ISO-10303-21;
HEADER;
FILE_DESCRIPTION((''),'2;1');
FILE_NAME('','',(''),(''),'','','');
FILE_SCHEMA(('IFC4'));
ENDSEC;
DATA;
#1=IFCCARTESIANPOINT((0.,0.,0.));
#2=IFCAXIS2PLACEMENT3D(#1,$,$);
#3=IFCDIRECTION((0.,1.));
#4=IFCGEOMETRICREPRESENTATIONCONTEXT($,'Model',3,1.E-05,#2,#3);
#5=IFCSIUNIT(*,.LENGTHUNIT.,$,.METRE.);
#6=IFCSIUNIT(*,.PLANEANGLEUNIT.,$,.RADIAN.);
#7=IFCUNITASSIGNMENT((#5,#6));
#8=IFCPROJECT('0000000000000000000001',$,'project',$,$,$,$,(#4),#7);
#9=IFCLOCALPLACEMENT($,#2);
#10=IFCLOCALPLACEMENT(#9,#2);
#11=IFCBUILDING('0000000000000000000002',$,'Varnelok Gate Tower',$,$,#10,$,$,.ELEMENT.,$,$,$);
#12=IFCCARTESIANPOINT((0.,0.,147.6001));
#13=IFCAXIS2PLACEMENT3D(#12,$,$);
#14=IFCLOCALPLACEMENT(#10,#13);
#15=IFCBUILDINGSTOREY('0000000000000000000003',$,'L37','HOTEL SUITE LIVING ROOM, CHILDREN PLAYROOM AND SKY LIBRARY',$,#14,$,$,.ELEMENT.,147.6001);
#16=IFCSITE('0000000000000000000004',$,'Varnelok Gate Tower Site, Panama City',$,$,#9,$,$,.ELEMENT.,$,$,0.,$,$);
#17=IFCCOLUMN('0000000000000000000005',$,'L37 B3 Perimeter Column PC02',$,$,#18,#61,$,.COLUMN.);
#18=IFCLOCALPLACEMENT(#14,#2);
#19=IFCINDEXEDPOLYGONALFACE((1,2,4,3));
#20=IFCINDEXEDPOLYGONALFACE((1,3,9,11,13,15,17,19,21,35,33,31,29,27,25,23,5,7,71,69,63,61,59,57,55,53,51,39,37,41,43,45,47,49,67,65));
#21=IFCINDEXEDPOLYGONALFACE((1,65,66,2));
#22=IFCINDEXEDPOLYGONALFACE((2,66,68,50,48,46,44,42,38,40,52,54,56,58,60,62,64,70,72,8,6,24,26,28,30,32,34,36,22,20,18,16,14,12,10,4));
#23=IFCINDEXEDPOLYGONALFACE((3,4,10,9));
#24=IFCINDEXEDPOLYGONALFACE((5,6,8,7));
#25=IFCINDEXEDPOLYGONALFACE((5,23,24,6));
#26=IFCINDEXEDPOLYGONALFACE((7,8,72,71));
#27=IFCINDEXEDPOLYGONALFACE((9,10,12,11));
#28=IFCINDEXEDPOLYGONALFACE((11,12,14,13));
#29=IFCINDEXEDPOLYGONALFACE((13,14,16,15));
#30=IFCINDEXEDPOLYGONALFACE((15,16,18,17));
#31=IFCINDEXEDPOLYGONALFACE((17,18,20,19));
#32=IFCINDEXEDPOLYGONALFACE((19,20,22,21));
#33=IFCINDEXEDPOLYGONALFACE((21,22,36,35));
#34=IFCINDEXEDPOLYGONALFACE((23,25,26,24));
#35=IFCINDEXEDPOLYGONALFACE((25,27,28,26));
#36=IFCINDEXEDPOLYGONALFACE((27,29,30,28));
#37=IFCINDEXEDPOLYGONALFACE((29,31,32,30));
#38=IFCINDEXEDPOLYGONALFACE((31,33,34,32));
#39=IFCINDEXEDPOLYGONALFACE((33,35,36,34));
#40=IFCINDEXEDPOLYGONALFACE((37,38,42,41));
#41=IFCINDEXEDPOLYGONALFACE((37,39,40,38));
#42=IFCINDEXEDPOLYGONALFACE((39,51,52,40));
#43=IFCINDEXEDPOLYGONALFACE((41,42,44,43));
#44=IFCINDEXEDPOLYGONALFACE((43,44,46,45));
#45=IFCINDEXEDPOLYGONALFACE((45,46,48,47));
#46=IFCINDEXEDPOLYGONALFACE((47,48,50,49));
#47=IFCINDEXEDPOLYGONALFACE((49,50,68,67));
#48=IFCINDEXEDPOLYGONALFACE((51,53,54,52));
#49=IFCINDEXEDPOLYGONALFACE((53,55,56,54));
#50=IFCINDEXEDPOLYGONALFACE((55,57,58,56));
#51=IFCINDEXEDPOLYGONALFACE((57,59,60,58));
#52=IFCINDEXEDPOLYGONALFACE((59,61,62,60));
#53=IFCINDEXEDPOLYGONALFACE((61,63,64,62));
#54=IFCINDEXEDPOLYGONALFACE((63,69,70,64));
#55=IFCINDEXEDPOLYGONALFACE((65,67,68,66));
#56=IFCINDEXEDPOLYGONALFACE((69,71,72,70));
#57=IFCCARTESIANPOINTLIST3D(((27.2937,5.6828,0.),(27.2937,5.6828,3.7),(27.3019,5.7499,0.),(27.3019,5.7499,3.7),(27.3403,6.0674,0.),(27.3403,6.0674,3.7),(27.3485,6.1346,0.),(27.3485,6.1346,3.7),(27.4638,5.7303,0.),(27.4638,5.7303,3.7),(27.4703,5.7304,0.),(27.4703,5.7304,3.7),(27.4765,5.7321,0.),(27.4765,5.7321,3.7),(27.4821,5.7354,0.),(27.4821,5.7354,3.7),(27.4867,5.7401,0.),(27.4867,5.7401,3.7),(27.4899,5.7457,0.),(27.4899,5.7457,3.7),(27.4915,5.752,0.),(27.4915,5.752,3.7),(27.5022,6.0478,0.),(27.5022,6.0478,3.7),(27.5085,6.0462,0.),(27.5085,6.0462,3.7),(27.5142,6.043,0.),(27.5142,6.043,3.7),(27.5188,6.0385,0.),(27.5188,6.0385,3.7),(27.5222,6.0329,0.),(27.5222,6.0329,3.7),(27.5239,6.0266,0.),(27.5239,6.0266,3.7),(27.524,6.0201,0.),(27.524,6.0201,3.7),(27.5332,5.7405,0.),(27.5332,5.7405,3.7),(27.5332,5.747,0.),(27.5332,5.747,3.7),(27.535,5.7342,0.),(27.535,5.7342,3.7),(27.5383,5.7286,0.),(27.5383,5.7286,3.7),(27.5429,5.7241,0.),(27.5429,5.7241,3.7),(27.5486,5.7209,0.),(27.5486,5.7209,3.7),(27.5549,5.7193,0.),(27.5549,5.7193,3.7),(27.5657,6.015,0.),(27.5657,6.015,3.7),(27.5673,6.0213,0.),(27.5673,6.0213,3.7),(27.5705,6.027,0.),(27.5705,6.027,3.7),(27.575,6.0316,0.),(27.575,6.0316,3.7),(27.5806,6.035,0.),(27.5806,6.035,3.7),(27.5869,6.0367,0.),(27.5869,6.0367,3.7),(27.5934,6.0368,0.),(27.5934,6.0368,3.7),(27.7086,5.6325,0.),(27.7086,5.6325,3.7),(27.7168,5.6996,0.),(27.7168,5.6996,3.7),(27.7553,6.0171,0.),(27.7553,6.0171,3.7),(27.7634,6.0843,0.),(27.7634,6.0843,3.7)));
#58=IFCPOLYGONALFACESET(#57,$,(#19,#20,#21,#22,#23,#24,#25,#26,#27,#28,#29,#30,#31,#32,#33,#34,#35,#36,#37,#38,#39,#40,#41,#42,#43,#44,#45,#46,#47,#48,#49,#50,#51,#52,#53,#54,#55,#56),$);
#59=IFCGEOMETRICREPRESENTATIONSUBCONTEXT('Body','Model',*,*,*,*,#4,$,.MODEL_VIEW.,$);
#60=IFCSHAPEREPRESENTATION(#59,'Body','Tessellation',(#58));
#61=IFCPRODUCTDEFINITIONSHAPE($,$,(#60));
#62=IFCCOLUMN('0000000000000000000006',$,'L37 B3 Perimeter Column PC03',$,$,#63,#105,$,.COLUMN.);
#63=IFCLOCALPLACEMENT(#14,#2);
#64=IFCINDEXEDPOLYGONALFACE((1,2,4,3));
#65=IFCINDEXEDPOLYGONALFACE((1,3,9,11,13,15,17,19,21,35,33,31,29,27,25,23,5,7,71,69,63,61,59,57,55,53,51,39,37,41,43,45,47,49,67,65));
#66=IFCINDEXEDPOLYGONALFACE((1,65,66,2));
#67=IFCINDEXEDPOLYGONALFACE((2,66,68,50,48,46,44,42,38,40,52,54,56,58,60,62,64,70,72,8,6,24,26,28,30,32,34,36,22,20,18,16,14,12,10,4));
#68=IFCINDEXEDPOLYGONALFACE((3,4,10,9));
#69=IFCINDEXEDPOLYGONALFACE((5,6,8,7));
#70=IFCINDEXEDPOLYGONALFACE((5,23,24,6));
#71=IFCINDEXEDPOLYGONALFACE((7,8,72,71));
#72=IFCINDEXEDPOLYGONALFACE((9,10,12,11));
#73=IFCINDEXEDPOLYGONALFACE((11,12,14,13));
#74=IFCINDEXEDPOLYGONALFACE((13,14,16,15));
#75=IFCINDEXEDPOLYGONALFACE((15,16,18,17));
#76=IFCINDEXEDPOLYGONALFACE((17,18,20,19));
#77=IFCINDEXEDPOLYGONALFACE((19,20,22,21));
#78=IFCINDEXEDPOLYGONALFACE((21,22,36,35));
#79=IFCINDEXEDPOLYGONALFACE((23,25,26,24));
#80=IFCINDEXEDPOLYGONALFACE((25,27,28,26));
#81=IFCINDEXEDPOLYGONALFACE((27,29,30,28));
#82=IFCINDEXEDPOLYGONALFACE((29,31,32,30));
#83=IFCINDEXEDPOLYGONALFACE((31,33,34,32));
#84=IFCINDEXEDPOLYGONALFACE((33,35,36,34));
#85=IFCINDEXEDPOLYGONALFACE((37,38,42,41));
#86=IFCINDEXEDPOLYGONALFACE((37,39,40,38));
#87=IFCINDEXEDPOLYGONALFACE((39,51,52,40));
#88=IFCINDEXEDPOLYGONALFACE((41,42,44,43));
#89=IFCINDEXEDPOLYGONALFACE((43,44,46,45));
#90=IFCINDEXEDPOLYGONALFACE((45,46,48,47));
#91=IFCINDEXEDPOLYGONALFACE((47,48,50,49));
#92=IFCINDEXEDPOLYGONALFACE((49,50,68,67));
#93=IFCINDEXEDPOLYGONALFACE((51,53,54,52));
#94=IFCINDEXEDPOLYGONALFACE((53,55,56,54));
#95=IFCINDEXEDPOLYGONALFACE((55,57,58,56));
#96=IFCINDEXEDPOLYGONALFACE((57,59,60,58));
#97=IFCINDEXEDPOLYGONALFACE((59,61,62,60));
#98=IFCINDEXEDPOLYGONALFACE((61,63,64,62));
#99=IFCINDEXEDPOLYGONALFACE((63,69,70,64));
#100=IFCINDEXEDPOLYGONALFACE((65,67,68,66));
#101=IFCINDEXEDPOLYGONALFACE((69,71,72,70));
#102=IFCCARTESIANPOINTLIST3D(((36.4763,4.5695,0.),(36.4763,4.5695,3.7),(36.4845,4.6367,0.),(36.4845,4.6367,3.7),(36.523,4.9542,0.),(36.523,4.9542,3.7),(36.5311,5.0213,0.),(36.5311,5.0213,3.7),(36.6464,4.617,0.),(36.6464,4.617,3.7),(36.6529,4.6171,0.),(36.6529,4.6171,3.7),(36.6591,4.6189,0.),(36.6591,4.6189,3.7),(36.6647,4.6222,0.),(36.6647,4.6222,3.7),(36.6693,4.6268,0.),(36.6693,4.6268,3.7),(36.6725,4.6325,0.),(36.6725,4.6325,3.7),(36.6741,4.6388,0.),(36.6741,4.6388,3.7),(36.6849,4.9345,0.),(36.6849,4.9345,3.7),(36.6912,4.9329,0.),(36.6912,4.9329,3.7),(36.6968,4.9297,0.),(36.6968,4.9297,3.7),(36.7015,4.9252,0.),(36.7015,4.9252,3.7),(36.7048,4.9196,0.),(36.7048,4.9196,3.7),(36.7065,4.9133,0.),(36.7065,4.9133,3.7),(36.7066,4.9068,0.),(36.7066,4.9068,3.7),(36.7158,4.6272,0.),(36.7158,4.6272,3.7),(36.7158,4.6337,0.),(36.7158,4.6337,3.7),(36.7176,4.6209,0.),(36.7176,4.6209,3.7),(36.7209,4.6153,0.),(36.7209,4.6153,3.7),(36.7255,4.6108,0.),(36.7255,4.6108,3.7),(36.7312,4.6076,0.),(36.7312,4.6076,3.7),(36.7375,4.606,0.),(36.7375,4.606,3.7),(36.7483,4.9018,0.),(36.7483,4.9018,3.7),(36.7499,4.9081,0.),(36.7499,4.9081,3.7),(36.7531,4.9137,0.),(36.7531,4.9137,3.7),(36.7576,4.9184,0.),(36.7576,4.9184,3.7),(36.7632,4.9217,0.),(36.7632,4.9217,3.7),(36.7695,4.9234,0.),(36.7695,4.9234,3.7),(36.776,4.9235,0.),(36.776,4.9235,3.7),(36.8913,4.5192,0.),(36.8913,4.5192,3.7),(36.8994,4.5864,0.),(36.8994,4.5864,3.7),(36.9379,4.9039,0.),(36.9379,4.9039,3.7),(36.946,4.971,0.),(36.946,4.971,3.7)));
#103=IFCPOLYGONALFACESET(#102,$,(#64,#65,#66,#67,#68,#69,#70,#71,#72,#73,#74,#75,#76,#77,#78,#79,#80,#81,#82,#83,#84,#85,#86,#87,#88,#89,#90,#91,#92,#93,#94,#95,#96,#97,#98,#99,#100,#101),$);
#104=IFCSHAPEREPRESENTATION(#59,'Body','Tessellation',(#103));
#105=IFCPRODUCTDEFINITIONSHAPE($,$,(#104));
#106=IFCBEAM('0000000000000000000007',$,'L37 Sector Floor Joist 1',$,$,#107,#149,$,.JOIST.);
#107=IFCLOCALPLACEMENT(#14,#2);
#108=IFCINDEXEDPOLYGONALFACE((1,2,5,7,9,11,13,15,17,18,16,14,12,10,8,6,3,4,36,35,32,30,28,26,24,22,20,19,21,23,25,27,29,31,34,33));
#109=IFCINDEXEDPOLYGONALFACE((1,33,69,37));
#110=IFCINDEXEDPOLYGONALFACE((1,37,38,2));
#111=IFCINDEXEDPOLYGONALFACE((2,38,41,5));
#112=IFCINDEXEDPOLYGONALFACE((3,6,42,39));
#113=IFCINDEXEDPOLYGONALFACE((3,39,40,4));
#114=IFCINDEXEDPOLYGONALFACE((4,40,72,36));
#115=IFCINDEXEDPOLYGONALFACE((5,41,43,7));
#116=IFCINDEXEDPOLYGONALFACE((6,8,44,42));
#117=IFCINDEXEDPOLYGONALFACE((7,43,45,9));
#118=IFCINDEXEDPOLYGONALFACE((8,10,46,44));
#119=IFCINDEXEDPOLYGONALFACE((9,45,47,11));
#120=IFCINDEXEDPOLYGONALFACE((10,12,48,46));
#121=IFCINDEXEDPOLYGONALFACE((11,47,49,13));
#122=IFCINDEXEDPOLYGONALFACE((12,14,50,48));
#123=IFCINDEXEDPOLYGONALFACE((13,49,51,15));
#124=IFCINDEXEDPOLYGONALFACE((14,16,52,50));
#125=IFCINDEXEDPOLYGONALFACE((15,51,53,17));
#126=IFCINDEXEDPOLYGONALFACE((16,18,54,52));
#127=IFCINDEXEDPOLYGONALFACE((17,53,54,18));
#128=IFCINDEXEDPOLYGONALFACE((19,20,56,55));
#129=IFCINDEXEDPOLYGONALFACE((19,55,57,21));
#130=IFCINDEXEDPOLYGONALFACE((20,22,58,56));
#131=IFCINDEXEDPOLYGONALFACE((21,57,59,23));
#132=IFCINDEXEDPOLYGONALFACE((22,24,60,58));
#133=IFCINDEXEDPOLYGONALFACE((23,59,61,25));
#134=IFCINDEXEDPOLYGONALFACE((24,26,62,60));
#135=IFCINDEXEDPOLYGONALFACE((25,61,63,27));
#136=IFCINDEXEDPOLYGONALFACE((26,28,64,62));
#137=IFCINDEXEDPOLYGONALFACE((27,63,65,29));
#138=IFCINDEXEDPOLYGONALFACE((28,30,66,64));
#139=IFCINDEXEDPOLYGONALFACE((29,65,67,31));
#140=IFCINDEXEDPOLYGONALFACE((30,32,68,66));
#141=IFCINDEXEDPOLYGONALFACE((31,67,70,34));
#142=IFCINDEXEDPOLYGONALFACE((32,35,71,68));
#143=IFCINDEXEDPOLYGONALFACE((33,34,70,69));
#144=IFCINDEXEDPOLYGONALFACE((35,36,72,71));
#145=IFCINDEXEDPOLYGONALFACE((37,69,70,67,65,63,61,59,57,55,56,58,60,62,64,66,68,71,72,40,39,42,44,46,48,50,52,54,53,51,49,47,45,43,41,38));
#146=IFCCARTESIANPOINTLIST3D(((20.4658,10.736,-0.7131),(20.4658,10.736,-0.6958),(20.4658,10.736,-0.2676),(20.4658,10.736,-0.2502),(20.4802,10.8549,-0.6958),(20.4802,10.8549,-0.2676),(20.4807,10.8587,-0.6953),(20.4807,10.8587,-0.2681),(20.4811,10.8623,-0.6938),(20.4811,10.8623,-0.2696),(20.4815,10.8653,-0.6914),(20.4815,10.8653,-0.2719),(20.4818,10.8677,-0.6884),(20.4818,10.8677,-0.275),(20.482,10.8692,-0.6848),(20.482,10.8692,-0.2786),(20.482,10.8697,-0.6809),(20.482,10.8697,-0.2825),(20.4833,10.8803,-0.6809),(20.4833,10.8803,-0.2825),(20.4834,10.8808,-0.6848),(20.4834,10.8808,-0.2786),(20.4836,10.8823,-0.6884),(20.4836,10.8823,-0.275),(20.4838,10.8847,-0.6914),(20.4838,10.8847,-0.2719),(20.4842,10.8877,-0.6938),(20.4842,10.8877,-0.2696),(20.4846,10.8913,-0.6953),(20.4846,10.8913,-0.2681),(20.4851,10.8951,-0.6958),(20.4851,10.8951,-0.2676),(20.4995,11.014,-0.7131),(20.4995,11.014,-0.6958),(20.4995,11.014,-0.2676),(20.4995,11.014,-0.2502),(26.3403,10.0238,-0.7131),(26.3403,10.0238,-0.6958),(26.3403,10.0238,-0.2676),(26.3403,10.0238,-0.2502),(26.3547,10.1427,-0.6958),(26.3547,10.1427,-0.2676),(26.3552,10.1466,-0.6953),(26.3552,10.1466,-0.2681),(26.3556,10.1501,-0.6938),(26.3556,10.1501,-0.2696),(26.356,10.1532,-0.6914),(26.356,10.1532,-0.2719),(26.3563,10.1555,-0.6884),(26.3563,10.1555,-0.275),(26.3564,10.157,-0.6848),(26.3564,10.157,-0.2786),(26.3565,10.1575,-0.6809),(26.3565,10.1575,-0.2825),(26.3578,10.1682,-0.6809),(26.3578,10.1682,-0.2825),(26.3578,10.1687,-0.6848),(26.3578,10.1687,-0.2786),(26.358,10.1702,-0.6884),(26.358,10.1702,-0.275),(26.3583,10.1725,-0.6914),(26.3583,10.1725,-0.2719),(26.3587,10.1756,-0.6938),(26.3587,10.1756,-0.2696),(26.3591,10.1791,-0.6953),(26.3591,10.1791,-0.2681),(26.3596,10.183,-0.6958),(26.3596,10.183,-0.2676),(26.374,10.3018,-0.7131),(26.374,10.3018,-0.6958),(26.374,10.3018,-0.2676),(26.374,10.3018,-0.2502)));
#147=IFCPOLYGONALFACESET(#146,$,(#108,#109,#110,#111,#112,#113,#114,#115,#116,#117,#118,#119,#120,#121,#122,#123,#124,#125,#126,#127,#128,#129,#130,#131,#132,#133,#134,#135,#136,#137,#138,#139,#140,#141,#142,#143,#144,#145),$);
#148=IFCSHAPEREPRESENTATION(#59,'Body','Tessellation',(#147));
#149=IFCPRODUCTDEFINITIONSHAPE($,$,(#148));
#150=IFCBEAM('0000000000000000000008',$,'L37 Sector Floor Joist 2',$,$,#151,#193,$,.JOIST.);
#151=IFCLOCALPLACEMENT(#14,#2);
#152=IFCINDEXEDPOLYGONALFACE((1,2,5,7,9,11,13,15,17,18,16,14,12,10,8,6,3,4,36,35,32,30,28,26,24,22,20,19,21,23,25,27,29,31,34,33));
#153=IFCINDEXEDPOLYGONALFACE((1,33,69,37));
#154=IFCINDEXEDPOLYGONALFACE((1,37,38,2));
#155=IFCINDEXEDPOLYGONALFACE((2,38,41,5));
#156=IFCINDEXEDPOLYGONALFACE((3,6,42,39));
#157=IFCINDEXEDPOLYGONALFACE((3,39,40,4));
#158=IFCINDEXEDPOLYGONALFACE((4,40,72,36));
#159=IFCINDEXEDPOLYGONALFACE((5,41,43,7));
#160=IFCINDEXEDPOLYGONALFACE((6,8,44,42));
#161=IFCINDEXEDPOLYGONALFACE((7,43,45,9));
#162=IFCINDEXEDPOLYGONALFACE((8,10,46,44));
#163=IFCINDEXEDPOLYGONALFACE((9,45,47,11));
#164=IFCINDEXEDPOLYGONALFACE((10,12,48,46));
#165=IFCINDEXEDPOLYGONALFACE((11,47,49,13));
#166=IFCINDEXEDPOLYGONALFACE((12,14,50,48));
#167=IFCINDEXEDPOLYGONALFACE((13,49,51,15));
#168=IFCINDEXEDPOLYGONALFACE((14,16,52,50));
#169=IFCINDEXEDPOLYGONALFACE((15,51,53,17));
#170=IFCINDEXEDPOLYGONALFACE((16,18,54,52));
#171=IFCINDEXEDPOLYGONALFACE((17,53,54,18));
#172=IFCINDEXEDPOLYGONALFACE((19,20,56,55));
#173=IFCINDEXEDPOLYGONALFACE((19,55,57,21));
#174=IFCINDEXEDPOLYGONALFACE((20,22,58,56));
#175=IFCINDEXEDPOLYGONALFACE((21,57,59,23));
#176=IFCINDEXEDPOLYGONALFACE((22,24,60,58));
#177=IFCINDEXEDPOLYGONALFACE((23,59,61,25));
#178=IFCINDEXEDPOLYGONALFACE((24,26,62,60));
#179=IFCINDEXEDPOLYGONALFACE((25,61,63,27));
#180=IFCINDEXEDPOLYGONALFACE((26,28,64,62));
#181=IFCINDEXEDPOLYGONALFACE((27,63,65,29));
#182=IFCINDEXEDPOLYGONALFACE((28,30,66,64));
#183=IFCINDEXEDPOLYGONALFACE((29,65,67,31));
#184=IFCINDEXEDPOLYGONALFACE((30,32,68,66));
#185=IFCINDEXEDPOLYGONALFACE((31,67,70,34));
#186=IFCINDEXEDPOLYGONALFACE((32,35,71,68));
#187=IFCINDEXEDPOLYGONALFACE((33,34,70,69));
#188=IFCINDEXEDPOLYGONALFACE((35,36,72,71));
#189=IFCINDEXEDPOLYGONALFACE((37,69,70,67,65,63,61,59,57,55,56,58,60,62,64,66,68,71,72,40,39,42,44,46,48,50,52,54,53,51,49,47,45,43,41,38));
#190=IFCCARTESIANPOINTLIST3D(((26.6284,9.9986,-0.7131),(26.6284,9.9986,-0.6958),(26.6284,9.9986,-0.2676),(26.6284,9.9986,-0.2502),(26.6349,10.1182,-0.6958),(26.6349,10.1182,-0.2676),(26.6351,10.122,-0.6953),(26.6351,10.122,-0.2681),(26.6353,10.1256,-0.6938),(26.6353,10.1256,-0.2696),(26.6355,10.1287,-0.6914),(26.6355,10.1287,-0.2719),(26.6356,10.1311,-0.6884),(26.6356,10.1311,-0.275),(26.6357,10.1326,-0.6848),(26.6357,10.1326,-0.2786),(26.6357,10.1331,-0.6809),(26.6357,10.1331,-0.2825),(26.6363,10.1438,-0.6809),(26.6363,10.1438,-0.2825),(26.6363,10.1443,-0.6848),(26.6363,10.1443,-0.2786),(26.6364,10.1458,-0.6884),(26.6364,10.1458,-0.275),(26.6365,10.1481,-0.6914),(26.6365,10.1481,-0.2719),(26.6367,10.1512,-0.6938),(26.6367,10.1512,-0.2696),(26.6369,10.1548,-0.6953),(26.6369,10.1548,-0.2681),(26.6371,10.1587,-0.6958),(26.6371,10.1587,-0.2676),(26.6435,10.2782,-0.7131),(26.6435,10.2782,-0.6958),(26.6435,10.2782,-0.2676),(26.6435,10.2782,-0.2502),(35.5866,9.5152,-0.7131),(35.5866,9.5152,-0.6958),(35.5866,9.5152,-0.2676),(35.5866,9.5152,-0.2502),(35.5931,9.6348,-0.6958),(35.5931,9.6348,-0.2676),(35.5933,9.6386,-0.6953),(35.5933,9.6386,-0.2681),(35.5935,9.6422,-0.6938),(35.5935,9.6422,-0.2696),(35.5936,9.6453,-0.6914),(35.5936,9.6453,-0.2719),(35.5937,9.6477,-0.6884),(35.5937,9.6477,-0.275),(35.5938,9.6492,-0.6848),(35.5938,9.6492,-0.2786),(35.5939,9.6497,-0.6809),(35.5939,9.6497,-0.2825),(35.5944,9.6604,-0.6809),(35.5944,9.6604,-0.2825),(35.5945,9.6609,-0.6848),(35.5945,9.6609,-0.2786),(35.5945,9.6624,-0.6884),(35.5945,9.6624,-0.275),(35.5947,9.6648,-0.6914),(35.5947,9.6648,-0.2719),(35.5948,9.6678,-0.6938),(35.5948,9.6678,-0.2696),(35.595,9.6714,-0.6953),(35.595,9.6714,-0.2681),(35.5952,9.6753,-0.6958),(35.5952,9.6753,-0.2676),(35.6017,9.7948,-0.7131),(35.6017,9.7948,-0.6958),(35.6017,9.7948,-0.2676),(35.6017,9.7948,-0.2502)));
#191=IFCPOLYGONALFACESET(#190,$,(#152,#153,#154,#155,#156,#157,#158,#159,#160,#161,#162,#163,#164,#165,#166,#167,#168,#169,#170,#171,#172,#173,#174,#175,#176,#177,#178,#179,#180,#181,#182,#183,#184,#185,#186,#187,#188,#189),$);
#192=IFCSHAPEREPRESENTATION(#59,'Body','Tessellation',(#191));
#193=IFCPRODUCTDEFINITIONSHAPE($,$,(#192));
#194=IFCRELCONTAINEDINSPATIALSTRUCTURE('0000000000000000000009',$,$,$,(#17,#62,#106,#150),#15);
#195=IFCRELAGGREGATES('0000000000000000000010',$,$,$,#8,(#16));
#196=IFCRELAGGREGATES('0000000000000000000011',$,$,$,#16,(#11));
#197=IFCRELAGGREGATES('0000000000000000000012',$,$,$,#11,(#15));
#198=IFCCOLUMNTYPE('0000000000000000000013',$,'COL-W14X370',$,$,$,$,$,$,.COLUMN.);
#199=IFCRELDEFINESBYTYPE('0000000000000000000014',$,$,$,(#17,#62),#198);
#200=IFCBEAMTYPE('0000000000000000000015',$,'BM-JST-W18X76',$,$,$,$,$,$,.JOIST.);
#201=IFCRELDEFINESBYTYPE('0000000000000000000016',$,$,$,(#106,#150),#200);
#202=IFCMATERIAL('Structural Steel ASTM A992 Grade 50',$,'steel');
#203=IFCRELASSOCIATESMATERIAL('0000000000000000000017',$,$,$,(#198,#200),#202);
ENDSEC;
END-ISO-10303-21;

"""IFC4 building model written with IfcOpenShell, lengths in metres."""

from ifc_helpers import new_model, si_unit, direction, frame, origin, origin_2d, place, context, subcontext, project, spatial, i_section, extrude, material, material_profile, profile_set, type_object, element, save


model = new_model("IFC4")

# Units and contexts
model_context = context("Model", 3, precision=1e-05, world=origin(), true_north=direction((0.0, 1.0)))
body_context = subcontext(model_context, "Body", "Model", "MODEL_VIEW")
ifc_project = project(units=[si_unit("LENGTHUNIT", "METRE"), si_unit("PLANEANGLEUNIT", "RADIAN")], contexts=[model_context])

# Site, building, storey
site_placement = place(None, origin())
site = spatial("IfcSite", under=ifc_project, at=site_placement, Name="Varnelok Gate Tower Site, Panama City", CompositionType="ELEMENT", RefElevation=0.0)
building_placement = place(site_placement, origin())
building = spatial("IfcBuilding", under=site, at=building_placement, Name="Varnelok Gate Tower", CompositionType="ELEMENT")
storey_placement = place(building_placement, frame((0.0, 0.0, 147.6001)))
storey = spatial("IfcBuildingStorey", under=building, at=storey_placement, Name="L37", Description="HOTEL SUITE LIVING ROOM, CHILDREN PLAYROOM AND SKY LIBRARY", CompositionType="ELEMENT", Elevation=147.6001)

# Columns
ifc_material_1 = material(Name="Structural Steel ASTM A992 Grade 50", Category="steel")
ifc_material_profile_1 = material_profile(ifc_material_1, i_section(OverallWidth=0.418, OverallDepth=0.4551, WebThickness=0.042, FlangeThickness=0.0676, FilletRadius=0.0249, at=origin_2d()), Name="W14X370")
ifc_profile_set_1 = profile_set([ifc_material_profile_1], Name="Structural Steel ASTM A992 Grade 50")
column_type = type_object("IfcColumnType", Name="COL-W14X370", PredefinedType="COLUMN", material=ifc_profile_set_1)
for number, where, z_axis, x_axis, name in (
    (1, (27.5286, 5.8835, 0.0), (0.0, 0.0, 1.0), (0.992732, -0.120345, 0.0), "L37 B3 Perimeter Column PC02"),
    (2, (36.7112, 4.7703, 0.0), (0.0, 0.0, 1.0), (0.992732, -0.120345, 0.0), "L37 B3 Perimeter Column PC03"),
):
    element("IfcColumn", number, at=place(storey_placement, frame(where, z_axis=z_axis, x_axis=x_axis)), inside=storey, type_object=column_type, Name=name, PredefinedType="COLUMN", context=body_context, shape_type="SweptSolid", body=[
        extrude(i_section(OverallWidth=0.418, OverallDepth=0.4551, WebThickness=0.042, FlangeThickness=0.0676, FilletRadius=0.0249, at=origin_2d()), origin(), (0.0, 0.0, 1.0), 3.7),
    ])

# Beams
ifc_material_profile_2 = material_profile(ifc_material_1, i_section(OverallWidth=0.28, OverallDepth=0.4629, WebThickness=0.0107, FlangeThickness=0.0173, FilletRadius=0.0149, at=origin_2d()), Name="W18X76")
ifc_profile_set_2 = profile_set([ifc_material_profile_2], Name="Structural Steel ASTM A992 Grade 50")
beam_type_1 = type_object("IfcBeamType", Name="BM-JST-W18X76", PredefinedType="JOIST", material=ifc_profile_set_2)
beam_1_placement = place(storey_placement, frame((20.4827, 10.875, -0.4817), z_axis=(0.992732, -0.120347, 0.0), x_axis=(0.120347, 0.992732, 0.0)))
element("IfcBeam", 3, at=beam_1_placement, inside=storey, type_object=beam_type_1, Name="L37 Sector Floor Joist 1", PredefinedType="JOIST", context=body_context, shape_type="SweptSolid", body=[
    extrude(i_section(OverallWidth=0.28, OverallDepth=0.4629, WebThickness=0.0107, FlangeThickness=0.0173, FilletRadius=0.0149, at=origin_2d()), origin(), (0.0, 0.0, 1.0), 5.9175),
])
beam_2_placement = place(storey_placement, frame((26.636, 10.1384, -0.4817), z_axis=(0.998547, -0.053883, 0.0), x_axis=(0.053883, 0.998547, 0.0)))
element("IfcBeam", 4, at=beam_2_placement, inside=storey, type_object=beam_type_1, Name="L37 Sector Floor Joist 2", PredefinedType="JOIST", context=body_context, shape_type="SweptSolid", body=[
    extrude(i_section(OverallWidth=0.28, OverallDepth=0.4629, WebThickness=0.0107, FlangeThickness=0.0173, FilletRadius=0.0149, at=origin_2d()), origin(), (0.0, 0.0, 1.0), 8.9712),
])

save(model, "model.ifc")
